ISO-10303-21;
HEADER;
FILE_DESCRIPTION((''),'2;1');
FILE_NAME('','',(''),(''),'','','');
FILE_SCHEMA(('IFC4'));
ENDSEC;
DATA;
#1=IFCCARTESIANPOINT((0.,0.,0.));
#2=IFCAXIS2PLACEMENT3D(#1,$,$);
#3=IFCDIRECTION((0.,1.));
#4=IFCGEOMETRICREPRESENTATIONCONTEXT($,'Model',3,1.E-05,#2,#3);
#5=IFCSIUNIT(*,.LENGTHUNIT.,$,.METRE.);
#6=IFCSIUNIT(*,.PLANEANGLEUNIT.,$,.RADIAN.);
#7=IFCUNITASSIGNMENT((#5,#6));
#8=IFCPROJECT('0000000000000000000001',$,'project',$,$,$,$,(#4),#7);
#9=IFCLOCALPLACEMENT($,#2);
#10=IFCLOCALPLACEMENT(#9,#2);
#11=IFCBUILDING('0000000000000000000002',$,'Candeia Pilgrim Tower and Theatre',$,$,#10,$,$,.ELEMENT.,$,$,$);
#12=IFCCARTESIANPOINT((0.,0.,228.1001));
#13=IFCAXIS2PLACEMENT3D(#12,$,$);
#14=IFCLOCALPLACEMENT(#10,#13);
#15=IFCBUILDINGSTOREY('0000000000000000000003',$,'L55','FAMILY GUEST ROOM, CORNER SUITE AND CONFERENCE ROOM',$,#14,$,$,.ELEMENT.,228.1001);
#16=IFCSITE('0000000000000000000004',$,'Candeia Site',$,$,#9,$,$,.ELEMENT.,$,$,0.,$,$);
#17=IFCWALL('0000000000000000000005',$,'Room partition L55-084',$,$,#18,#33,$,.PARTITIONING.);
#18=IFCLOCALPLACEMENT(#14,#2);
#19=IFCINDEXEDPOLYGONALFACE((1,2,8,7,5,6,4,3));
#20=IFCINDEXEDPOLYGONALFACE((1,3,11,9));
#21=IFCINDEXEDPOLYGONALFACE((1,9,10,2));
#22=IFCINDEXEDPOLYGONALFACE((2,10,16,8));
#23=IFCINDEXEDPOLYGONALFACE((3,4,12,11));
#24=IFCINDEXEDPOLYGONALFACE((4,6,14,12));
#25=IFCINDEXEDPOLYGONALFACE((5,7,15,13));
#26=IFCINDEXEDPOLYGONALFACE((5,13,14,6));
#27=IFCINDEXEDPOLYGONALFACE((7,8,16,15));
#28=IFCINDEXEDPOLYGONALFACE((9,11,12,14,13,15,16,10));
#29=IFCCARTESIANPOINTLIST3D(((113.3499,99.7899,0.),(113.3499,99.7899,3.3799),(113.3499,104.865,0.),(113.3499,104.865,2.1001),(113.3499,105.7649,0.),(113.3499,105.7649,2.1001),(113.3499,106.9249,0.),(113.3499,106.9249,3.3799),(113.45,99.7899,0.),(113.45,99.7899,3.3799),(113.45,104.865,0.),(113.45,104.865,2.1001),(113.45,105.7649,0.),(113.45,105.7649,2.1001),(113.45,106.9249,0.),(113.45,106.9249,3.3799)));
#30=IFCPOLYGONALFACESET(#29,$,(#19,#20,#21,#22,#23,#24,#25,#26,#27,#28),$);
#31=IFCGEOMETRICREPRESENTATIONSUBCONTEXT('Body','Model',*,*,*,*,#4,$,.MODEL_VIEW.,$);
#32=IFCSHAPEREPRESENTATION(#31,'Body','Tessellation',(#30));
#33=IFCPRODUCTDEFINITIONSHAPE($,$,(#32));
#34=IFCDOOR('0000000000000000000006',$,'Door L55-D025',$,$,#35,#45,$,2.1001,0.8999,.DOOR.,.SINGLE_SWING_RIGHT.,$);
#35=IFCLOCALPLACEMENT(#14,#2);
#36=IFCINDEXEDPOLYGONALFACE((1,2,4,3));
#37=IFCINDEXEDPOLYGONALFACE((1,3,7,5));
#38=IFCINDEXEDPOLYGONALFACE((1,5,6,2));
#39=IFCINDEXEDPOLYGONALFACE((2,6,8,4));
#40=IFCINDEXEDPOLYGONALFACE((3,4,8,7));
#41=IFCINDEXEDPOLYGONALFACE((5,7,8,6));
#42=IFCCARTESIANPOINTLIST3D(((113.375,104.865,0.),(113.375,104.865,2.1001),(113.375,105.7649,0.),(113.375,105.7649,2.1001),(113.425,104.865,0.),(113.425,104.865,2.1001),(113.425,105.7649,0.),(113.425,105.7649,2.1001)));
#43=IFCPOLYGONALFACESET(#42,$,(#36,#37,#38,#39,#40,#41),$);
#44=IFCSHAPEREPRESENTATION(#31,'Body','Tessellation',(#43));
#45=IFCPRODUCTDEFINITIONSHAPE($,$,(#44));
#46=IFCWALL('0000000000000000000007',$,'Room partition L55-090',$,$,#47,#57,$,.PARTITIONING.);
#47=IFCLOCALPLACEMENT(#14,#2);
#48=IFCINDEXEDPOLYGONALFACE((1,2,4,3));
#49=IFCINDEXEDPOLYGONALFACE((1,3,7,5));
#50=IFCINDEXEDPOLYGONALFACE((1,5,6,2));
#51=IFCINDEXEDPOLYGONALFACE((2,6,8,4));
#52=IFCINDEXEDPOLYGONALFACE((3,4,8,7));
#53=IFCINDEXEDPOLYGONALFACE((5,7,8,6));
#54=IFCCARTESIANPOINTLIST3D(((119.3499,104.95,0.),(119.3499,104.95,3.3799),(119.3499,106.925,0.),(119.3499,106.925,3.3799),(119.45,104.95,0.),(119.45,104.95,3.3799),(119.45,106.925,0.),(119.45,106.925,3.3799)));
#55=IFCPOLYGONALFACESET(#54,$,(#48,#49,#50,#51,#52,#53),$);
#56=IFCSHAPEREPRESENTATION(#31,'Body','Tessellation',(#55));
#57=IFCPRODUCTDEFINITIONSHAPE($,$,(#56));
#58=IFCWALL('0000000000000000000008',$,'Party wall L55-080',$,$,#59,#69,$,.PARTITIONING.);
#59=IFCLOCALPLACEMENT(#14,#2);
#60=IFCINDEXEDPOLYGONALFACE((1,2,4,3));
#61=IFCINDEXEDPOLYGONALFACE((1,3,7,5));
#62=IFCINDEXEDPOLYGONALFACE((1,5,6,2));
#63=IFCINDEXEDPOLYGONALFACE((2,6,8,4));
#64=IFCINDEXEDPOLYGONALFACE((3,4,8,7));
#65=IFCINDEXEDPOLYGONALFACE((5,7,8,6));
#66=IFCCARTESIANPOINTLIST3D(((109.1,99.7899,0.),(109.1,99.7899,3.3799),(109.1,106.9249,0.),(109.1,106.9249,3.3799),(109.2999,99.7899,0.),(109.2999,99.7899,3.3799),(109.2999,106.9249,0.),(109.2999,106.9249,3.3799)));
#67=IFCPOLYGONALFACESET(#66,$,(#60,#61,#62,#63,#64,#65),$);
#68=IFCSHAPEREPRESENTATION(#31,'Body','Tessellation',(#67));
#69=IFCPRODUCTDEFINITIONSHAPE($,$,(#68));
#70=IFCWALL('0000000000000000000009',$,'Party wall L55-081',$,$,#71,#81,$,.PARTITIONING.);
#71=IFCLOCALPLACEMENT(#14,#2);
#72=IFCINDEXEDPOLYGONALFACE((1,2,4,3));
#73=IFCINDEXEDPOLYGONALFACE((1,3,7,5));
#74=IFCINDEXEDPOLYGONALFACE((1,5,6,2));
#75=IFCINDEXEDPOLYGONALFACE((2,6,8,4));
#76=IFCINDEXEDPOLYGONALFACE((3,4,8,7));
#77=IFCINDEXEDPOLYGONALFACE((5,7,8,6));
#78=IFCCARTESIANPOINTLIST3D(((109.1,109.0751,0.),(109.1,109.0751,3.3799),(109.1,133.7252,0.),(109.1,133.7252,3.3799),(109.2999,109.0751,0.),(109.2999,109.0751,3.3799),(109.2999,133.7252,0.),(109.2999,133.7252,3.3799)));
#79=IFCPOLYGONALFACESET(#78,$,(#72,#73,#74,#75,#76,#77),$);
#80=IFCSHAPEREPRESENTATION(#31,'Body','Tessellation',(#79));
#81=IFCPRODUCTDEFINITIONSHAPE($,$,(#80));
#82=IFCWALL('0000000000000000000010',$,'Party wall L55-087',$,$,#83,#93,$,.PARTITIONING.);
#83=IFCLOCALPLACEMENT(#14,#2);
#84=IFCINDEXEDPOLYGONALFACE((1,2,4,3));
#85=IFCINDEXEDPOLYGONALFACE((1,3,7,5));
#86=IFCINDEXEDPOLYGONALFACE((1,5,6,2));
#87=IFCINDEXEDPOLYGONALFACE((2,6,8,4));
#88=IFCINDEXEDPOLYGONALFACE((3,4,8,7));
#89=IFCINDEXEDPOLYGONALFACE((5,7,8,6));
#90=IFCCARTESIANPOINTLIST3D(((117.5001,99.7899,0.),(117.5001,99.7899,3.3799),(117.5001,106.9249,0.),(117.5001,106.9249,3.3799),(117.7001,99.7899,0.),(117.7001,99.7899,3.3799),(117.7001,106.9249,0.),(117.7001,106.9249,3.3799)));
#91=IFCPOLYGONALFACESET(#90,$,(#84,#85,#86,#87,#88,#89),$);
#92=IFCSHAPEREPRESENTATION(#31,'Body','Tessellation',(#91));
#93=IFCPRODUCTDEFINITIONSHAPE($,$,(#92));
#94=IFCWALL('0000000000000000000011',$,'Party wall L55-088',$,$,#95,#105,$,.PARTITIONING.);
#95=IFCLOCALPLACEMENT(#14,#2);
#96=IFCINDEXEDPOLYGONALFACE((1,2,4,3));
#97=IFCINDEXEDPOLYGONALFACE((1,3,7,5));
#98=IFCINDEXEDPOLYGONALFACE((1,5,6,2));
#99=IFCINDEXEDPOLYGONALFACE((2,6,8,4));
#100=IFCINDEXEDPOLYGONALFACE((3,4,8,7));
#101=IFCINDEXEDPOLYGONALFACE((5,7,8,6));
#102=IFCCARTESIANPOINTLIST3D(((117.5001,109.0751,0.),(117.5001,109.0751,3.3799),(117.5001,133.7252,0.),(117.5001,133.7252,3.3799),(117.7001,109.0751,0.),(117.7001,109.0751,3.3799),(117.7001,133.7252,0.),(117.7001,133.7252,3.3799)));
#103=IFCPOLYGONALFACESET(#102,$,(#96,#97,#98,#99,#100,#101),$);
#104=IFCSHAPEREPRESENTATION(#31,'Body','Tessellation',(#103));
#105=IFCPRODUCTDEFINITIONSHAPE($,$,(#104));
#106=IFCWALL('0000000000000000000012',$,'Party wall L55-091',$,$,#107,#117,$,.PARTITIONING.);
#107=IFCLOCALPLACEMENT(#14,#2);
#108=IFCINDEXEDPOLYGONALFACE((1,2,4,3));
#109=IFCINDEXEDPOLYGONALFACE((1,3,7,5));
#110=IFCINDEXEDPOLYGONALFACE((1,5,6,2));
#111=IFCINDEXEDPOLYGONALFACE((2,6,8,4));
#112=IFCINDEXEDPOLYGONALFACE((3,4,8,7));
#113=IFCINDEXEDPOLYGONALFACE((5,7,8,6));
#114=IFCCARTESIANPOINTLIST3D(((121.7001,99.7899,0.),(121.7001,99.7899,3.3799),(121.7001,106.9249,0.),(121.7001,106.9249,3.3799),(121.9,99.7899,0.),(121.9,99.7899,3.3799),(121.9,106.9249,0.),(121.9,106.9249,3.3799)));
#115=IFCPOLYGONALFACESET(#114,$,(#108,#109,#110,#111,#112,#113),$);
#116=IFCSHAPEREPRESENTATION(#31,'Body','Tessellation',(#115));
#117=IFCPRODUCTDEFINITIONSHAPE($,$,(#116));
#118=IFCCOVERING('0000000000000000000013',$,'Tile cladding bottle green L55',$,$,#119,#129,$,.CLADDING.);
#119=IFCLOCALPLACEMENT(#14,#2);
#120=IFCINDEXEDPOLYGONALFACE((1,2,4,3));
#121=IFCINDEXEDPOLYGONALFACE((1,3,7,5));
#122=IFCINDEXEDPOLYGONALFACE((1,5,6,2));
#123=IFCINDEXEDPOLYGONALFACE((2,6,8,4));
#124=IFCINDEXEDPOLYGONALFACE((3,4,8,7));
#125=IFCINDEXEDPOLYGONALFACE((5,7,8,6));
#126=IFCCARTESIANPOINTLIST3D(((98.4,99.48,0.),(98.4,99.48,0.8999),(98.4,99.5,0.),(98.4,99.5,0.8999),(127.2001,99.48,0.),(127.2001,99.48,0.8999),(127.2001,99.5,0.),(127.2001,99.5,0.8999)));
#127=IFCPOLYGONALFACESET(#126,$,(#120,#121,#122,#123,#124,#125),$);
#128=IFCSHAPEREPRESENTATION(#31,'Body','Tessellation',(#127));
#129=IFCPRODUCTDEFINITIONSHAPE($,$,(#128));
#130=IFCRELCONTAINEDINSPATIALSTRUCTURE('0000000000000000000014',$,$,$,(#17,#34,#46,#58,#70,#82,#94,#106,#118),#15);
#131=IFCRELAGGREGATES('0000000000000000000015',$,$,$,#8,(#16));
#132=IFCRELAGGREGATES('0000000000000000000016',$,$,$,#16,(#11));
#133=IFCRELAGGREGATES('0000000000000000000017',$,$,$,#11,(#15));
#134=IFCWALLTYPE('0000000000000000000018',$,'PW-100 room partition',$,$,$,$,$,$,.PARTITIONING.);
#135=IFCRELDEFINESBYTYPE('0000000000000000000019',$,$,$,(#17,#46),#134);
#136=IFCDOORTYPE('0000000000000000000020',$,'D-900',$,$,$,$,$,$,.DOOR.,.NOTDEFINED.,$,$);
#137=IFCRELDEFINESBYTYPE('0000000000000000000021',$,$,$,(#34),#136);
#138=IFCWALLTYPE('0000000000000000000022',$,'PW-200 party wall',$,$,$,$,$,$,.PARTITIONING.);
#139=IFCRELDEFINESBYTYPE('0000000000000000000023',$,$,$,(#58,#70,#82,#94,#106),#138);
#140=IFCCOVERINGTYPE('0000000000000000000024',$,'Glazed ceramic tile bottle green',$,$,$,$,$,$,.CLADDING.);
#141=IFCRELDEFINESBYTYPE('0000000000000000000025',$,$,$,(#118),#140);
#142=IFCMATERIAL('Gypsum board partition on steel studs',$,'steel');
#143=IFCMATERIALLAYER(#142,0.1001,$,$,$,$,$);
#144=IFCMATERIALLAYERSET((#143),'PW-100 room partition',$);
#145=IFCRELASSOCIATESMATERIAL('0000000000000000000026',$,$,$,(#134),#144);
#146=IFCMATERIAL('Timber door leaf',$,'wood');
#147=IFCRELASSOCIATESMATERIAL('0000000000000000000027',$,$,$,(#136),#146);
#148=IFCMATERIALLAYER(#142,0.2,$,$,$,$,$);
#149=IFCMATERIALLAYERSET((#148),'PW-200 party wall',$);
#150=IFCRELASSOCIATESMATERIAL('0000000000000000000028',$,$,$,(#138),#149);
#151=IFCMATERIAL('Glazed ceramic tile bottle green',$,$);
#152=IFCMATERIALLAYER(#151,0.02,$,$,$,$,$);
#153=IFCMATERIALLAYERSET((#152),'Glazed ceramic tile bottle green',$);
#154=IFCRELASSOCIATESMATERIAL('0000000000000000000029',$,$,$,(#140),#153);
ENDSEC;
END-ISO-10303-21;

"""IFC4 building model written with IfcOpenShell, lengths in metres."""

from ifc_helpers import new_model, si_unit, direction, frame, frame_2d, origin, origin_2d, place, context, subcontext, project, spatial, rectangle, extrude, material, layer, layer_set, type_object, element, fill, save


model = new_model("IFC4")

# Units and contexts
model_context = context("Model", 3, precision=1e-05, world=origin(), true_north=direction((0.0, 1.0)))
body_context = subcontext(model_context, "Body", "Model", "MODEL_VIEW")
ifc_project = project(units=[si_unit("LENGTHUNIT", "METRE"), si_unit("PLANEANGLEUNIT", "RADIAN")], contexts=[model_context])

# Site, building, storey
site_placement = place(None, origin())
site = spatial("IfcSite", under=ifc_project, at=site_placement, Name="Candeia Site", CompositionType="ELEMENT", RefElevation=0.0)
building_placement = place(site_placement, origin())
building = spatial("IfcBuilding", under=site, at=building_placement, Name="Candeia Pilgrim Tower and Theatre", CompositionType="ELEMENT")
storey_placement = place(building_placement, frame((0.0, 0.0, 228.1001)))
storey = spatial("IfcBuildingStorey", under=building, at=storey_placement, Name="L55", Description="FAMILY GUEST ROOM, CORNER SUITE AND CONFERENCE ROOM", CompositionType="ELEMENT", Elevation=228.1001)

# Shared definitions
ifc_material_1 = material(Name="Gypsum board partition on steel studs", Category="steel")
ifc_layer_1 = layer(ifc_material_1, 0.1001)
ifc_layer_set_1 = layer_set([ifc_layer_1], Name="PW-100 room partition")
wall_type_1 = type_object("IfcWallType", Name="PW-100 room partition", PredefinedType="PARTITIONING", material=ifc_layer_set_1)
ifc_material_2 = material(Name="Timber door leaf", Category="wood")

# Wall, opening, door
wall_1_placement = place(storey_placement, frame((113.3999, 99.79, 0.0), z_axis=(0.0, 0.0, 1.0), x_axis=(0.0, 1.0, 0.0)))
wall_1 = element("IfcWall", 1, at=wall_1_placement, inside=storey, type_object=wall_type_1, Name="Room partition L55-084", PredefinedType="PARTITIONING", context=body_context, shape_type="SweptSolid", body=[
    extrude(rectangle(XDim=7.135, YDim=0.1001, at=frame_2d((3.5674, 0.0))), origin(), (0.0, 0.0, 1.0), 3.3799),
])
opening_1_placement = place(wall_1_placement, frame((5.075, 0.0, 0.0)))
opening_1 = element("IfcOpeningElement", 2, at=opening_1_placement, cuts=wall_1, PredefinedType="OPENING", context=body_context, shape_type="SweptSolid", body=[
    extrude(rectangle(XDim=0.8999, YDim=2.1001, at=frame_2d((0.45, 1.05))), frame((0.0, 0.0601, 0.0), z_axis=(0.0, -1.0, 0.0), x_axis=(1.0, 0.0, 0.0)), (0.0, 0.0, 1.0), 0.1201),
])
door_type_1 = type_object("IfcDoorType", Name="D-900", OperationType="NOTDEFINED", PredefinedType="DOOR", material=ifc_material_2)
door_1_placement = place(opening_1_placement, origin())
door_1 = element("IfcDoor", 3, at=door_1_placement, inside=storey, type_object=door_type_1, Name="Door L55-D025", OperationType="SINGLE_SWING_RIGHT", OverallHeight=2.1001, OverallWidth=0.8999, PredefinedType="DOOR", context=body_context, shape_type="SweptSolid", body=[
    extrude(rectangle(XDim=0.8999, YDim=2.1001, at=frame_2d((0.45, 1.05))), frame((0.0, 0.0249, 0.0), z_axis=(0.0, -1.0, 0.0), x_axis=(1.0, 0.0, 0.0)), (0.0, 0.0, 1.0), 0.05),
])
fill(opening_1, door_1)

# Walls
wall_2_placement = place(storey_placement, frame((119.3999, 104.95, 0.0), z_axis=(0.0, 0.0, 1.0), x_axis=(0.0, 1.0, 0.0)))
element("IfcWall", 4, at=wall_2_placement, inside=storey, type_object=wall_type_1, Name="Room partition L55-090", PredefinedType="PARTITIONING", context=body_context, shape_type="SweptSolid", body=[
    extrude(rectangle(XDim=1.9751, YDim=0.1001, at=frame_2d((0.9875, 0.0))), origin(), (0.0, 0.0, 1.0), 3.3799),
])
ifc_layer_2 = layer(ifc_material_1, 0.2)
ifc_layer_set_2 = layer_set([ifc_layer_2], Name="PW-200 party wall")
wall_type_2 = type_object("IfcWallType", Name="PW-200 party wall", PredefinedType="PARTITIONING", material=ifc_layer_set_2)
wall_3_placement = place(storey_placement, frame((109.2, 99.79, 0.0), z_axis=(0.0, 0.0, 1.0), x_axis=(0.0, 1.0, 0.0)))
element("IfcWall", 5, at=wall_3_placement, inside=storey, type_object=wall_type_2, Name="Party wall L55-080", PredefinedType="PARTITIONING", context=body_context, shape_type="SweptSolid", body=[
    extrude(rectangle(XDim=7.135, YDim=0.2, at=frame_2d((3.5674, 0.0))), origin(), (0.0, 0.0, 1.0), 3.3799),
])
wall_4_placement = place(storey_placement, frame((109.2, 109.075, 0.0), z_axis=(0.0, 0.0, 1.0), x_axis=(0.0, 1.0, 0.0)))
element("IfcWall", 6, at=wall_4_placement, inside=storey, type_object=wall_type_2, Name="Party wall L55-081", PredefinedType="PARTITIONING", context=body_context, shape_type="SweptSolid", body=[
    extrude(rectangle(XDim=24.6501, YDim=0.2, at=frame_2d((12.3252, 0.0))), origin(), (0.0, 0.0, 1.0), 3.3799),
])
wall_5_placement = place(storey_placement, frame((117.6001, 99.79, 0.0), z_axis=(0.0, 0.0, 1.0), x_axis=(0.0, 1.0, 0.0)))
element("IfcWall", 7, at=wall_5_placement, inside=storey, type_object=wall_type_2, Name="Party wall L55-087", PredefinedType="PARTITIONING", context=body_context, shape_type="SweptSolid", body=[
    extrude(rectangle(XDim=7.135, YDim=0.2, at=frame_2d((3.5674, 0.0))), origin(), (0.0, 0.0, 1.0), 3.3799),
])
wall_6_placement = place(storey_placement, frame((117.6001, 109.075, 0.0), z_axis=(0.0, 0.0, 1.0), x_axis=(0.0, 1.0, 0.0)))
element("IfcWall", 8, at=wall_6_placement, inside=storey, type_object=wall_type_2, Name="Party wall L55-088", PredefinedType="PARTITIONING", context=body_context, shape_type="SweptSolid", body=[
    extrude(rectangle(XDim=24.6501, YDim=0.2, at=frame_2d((12.3252, 0.0))), origin(), (0.0, 0.0, 1.0), 3.3799),
])
wall_7_placement = place(storey_placement, frame((121.8, 99.79, 0.0), z_axis=(0.0, 0.0, 1.0), x_axis=(0.0, 1.0, 0.0)))
element("IfcWall", 9, at=wall_7_placement, inside=storey, type_object=wall_type_2, Name="Party wall L55-091", PredefinedType="PARTITIONING", context=body_context, shape_type="SweptSolid", body=[
    extrude(rectangle(XDim=7.135, YDim=0.2, at=frame_2d((3.5674, 0.0))), origin(), (0.0, 0.0, 1.0), 3.3799),
])

# Covering
ifc_material_3 = material(Name="Glazed ceramic tile bottle green")
ifc_layer_3 = layer(ifc_material_3, 0.02)
ifc_layer_set_3 = layer_set([ifc_layer_3], Name="Glazed ceramic tile bottle green")
covering_type = type_object("IfcCoveringType", Name="Glazed ceramic tile bottle green", PredefinedType="CLADDING", material=ifc_layer_set_3)
covering_placement = place(storey_placement, frame((112.8, 99.49, 0.0), z_axis=(0.0, 0.0, 1.0), x_axis=(1.0, 0.0, 0.0)))
element("IfcCovering", 10, at=covering_placement, inside=storey, type_object=covering_type, Name="Tile cladding bottle green L55", PredefinedType="CLADDING", context=body_context, shape_type="SweptSolid", body=[
    extrude(rectangle(XDim=28.8, YDim=0.02, at=origin_2d()), origin(), (0.0, 0.0, 1.0), 0.8999),
])

save(model, "model.ifc")
